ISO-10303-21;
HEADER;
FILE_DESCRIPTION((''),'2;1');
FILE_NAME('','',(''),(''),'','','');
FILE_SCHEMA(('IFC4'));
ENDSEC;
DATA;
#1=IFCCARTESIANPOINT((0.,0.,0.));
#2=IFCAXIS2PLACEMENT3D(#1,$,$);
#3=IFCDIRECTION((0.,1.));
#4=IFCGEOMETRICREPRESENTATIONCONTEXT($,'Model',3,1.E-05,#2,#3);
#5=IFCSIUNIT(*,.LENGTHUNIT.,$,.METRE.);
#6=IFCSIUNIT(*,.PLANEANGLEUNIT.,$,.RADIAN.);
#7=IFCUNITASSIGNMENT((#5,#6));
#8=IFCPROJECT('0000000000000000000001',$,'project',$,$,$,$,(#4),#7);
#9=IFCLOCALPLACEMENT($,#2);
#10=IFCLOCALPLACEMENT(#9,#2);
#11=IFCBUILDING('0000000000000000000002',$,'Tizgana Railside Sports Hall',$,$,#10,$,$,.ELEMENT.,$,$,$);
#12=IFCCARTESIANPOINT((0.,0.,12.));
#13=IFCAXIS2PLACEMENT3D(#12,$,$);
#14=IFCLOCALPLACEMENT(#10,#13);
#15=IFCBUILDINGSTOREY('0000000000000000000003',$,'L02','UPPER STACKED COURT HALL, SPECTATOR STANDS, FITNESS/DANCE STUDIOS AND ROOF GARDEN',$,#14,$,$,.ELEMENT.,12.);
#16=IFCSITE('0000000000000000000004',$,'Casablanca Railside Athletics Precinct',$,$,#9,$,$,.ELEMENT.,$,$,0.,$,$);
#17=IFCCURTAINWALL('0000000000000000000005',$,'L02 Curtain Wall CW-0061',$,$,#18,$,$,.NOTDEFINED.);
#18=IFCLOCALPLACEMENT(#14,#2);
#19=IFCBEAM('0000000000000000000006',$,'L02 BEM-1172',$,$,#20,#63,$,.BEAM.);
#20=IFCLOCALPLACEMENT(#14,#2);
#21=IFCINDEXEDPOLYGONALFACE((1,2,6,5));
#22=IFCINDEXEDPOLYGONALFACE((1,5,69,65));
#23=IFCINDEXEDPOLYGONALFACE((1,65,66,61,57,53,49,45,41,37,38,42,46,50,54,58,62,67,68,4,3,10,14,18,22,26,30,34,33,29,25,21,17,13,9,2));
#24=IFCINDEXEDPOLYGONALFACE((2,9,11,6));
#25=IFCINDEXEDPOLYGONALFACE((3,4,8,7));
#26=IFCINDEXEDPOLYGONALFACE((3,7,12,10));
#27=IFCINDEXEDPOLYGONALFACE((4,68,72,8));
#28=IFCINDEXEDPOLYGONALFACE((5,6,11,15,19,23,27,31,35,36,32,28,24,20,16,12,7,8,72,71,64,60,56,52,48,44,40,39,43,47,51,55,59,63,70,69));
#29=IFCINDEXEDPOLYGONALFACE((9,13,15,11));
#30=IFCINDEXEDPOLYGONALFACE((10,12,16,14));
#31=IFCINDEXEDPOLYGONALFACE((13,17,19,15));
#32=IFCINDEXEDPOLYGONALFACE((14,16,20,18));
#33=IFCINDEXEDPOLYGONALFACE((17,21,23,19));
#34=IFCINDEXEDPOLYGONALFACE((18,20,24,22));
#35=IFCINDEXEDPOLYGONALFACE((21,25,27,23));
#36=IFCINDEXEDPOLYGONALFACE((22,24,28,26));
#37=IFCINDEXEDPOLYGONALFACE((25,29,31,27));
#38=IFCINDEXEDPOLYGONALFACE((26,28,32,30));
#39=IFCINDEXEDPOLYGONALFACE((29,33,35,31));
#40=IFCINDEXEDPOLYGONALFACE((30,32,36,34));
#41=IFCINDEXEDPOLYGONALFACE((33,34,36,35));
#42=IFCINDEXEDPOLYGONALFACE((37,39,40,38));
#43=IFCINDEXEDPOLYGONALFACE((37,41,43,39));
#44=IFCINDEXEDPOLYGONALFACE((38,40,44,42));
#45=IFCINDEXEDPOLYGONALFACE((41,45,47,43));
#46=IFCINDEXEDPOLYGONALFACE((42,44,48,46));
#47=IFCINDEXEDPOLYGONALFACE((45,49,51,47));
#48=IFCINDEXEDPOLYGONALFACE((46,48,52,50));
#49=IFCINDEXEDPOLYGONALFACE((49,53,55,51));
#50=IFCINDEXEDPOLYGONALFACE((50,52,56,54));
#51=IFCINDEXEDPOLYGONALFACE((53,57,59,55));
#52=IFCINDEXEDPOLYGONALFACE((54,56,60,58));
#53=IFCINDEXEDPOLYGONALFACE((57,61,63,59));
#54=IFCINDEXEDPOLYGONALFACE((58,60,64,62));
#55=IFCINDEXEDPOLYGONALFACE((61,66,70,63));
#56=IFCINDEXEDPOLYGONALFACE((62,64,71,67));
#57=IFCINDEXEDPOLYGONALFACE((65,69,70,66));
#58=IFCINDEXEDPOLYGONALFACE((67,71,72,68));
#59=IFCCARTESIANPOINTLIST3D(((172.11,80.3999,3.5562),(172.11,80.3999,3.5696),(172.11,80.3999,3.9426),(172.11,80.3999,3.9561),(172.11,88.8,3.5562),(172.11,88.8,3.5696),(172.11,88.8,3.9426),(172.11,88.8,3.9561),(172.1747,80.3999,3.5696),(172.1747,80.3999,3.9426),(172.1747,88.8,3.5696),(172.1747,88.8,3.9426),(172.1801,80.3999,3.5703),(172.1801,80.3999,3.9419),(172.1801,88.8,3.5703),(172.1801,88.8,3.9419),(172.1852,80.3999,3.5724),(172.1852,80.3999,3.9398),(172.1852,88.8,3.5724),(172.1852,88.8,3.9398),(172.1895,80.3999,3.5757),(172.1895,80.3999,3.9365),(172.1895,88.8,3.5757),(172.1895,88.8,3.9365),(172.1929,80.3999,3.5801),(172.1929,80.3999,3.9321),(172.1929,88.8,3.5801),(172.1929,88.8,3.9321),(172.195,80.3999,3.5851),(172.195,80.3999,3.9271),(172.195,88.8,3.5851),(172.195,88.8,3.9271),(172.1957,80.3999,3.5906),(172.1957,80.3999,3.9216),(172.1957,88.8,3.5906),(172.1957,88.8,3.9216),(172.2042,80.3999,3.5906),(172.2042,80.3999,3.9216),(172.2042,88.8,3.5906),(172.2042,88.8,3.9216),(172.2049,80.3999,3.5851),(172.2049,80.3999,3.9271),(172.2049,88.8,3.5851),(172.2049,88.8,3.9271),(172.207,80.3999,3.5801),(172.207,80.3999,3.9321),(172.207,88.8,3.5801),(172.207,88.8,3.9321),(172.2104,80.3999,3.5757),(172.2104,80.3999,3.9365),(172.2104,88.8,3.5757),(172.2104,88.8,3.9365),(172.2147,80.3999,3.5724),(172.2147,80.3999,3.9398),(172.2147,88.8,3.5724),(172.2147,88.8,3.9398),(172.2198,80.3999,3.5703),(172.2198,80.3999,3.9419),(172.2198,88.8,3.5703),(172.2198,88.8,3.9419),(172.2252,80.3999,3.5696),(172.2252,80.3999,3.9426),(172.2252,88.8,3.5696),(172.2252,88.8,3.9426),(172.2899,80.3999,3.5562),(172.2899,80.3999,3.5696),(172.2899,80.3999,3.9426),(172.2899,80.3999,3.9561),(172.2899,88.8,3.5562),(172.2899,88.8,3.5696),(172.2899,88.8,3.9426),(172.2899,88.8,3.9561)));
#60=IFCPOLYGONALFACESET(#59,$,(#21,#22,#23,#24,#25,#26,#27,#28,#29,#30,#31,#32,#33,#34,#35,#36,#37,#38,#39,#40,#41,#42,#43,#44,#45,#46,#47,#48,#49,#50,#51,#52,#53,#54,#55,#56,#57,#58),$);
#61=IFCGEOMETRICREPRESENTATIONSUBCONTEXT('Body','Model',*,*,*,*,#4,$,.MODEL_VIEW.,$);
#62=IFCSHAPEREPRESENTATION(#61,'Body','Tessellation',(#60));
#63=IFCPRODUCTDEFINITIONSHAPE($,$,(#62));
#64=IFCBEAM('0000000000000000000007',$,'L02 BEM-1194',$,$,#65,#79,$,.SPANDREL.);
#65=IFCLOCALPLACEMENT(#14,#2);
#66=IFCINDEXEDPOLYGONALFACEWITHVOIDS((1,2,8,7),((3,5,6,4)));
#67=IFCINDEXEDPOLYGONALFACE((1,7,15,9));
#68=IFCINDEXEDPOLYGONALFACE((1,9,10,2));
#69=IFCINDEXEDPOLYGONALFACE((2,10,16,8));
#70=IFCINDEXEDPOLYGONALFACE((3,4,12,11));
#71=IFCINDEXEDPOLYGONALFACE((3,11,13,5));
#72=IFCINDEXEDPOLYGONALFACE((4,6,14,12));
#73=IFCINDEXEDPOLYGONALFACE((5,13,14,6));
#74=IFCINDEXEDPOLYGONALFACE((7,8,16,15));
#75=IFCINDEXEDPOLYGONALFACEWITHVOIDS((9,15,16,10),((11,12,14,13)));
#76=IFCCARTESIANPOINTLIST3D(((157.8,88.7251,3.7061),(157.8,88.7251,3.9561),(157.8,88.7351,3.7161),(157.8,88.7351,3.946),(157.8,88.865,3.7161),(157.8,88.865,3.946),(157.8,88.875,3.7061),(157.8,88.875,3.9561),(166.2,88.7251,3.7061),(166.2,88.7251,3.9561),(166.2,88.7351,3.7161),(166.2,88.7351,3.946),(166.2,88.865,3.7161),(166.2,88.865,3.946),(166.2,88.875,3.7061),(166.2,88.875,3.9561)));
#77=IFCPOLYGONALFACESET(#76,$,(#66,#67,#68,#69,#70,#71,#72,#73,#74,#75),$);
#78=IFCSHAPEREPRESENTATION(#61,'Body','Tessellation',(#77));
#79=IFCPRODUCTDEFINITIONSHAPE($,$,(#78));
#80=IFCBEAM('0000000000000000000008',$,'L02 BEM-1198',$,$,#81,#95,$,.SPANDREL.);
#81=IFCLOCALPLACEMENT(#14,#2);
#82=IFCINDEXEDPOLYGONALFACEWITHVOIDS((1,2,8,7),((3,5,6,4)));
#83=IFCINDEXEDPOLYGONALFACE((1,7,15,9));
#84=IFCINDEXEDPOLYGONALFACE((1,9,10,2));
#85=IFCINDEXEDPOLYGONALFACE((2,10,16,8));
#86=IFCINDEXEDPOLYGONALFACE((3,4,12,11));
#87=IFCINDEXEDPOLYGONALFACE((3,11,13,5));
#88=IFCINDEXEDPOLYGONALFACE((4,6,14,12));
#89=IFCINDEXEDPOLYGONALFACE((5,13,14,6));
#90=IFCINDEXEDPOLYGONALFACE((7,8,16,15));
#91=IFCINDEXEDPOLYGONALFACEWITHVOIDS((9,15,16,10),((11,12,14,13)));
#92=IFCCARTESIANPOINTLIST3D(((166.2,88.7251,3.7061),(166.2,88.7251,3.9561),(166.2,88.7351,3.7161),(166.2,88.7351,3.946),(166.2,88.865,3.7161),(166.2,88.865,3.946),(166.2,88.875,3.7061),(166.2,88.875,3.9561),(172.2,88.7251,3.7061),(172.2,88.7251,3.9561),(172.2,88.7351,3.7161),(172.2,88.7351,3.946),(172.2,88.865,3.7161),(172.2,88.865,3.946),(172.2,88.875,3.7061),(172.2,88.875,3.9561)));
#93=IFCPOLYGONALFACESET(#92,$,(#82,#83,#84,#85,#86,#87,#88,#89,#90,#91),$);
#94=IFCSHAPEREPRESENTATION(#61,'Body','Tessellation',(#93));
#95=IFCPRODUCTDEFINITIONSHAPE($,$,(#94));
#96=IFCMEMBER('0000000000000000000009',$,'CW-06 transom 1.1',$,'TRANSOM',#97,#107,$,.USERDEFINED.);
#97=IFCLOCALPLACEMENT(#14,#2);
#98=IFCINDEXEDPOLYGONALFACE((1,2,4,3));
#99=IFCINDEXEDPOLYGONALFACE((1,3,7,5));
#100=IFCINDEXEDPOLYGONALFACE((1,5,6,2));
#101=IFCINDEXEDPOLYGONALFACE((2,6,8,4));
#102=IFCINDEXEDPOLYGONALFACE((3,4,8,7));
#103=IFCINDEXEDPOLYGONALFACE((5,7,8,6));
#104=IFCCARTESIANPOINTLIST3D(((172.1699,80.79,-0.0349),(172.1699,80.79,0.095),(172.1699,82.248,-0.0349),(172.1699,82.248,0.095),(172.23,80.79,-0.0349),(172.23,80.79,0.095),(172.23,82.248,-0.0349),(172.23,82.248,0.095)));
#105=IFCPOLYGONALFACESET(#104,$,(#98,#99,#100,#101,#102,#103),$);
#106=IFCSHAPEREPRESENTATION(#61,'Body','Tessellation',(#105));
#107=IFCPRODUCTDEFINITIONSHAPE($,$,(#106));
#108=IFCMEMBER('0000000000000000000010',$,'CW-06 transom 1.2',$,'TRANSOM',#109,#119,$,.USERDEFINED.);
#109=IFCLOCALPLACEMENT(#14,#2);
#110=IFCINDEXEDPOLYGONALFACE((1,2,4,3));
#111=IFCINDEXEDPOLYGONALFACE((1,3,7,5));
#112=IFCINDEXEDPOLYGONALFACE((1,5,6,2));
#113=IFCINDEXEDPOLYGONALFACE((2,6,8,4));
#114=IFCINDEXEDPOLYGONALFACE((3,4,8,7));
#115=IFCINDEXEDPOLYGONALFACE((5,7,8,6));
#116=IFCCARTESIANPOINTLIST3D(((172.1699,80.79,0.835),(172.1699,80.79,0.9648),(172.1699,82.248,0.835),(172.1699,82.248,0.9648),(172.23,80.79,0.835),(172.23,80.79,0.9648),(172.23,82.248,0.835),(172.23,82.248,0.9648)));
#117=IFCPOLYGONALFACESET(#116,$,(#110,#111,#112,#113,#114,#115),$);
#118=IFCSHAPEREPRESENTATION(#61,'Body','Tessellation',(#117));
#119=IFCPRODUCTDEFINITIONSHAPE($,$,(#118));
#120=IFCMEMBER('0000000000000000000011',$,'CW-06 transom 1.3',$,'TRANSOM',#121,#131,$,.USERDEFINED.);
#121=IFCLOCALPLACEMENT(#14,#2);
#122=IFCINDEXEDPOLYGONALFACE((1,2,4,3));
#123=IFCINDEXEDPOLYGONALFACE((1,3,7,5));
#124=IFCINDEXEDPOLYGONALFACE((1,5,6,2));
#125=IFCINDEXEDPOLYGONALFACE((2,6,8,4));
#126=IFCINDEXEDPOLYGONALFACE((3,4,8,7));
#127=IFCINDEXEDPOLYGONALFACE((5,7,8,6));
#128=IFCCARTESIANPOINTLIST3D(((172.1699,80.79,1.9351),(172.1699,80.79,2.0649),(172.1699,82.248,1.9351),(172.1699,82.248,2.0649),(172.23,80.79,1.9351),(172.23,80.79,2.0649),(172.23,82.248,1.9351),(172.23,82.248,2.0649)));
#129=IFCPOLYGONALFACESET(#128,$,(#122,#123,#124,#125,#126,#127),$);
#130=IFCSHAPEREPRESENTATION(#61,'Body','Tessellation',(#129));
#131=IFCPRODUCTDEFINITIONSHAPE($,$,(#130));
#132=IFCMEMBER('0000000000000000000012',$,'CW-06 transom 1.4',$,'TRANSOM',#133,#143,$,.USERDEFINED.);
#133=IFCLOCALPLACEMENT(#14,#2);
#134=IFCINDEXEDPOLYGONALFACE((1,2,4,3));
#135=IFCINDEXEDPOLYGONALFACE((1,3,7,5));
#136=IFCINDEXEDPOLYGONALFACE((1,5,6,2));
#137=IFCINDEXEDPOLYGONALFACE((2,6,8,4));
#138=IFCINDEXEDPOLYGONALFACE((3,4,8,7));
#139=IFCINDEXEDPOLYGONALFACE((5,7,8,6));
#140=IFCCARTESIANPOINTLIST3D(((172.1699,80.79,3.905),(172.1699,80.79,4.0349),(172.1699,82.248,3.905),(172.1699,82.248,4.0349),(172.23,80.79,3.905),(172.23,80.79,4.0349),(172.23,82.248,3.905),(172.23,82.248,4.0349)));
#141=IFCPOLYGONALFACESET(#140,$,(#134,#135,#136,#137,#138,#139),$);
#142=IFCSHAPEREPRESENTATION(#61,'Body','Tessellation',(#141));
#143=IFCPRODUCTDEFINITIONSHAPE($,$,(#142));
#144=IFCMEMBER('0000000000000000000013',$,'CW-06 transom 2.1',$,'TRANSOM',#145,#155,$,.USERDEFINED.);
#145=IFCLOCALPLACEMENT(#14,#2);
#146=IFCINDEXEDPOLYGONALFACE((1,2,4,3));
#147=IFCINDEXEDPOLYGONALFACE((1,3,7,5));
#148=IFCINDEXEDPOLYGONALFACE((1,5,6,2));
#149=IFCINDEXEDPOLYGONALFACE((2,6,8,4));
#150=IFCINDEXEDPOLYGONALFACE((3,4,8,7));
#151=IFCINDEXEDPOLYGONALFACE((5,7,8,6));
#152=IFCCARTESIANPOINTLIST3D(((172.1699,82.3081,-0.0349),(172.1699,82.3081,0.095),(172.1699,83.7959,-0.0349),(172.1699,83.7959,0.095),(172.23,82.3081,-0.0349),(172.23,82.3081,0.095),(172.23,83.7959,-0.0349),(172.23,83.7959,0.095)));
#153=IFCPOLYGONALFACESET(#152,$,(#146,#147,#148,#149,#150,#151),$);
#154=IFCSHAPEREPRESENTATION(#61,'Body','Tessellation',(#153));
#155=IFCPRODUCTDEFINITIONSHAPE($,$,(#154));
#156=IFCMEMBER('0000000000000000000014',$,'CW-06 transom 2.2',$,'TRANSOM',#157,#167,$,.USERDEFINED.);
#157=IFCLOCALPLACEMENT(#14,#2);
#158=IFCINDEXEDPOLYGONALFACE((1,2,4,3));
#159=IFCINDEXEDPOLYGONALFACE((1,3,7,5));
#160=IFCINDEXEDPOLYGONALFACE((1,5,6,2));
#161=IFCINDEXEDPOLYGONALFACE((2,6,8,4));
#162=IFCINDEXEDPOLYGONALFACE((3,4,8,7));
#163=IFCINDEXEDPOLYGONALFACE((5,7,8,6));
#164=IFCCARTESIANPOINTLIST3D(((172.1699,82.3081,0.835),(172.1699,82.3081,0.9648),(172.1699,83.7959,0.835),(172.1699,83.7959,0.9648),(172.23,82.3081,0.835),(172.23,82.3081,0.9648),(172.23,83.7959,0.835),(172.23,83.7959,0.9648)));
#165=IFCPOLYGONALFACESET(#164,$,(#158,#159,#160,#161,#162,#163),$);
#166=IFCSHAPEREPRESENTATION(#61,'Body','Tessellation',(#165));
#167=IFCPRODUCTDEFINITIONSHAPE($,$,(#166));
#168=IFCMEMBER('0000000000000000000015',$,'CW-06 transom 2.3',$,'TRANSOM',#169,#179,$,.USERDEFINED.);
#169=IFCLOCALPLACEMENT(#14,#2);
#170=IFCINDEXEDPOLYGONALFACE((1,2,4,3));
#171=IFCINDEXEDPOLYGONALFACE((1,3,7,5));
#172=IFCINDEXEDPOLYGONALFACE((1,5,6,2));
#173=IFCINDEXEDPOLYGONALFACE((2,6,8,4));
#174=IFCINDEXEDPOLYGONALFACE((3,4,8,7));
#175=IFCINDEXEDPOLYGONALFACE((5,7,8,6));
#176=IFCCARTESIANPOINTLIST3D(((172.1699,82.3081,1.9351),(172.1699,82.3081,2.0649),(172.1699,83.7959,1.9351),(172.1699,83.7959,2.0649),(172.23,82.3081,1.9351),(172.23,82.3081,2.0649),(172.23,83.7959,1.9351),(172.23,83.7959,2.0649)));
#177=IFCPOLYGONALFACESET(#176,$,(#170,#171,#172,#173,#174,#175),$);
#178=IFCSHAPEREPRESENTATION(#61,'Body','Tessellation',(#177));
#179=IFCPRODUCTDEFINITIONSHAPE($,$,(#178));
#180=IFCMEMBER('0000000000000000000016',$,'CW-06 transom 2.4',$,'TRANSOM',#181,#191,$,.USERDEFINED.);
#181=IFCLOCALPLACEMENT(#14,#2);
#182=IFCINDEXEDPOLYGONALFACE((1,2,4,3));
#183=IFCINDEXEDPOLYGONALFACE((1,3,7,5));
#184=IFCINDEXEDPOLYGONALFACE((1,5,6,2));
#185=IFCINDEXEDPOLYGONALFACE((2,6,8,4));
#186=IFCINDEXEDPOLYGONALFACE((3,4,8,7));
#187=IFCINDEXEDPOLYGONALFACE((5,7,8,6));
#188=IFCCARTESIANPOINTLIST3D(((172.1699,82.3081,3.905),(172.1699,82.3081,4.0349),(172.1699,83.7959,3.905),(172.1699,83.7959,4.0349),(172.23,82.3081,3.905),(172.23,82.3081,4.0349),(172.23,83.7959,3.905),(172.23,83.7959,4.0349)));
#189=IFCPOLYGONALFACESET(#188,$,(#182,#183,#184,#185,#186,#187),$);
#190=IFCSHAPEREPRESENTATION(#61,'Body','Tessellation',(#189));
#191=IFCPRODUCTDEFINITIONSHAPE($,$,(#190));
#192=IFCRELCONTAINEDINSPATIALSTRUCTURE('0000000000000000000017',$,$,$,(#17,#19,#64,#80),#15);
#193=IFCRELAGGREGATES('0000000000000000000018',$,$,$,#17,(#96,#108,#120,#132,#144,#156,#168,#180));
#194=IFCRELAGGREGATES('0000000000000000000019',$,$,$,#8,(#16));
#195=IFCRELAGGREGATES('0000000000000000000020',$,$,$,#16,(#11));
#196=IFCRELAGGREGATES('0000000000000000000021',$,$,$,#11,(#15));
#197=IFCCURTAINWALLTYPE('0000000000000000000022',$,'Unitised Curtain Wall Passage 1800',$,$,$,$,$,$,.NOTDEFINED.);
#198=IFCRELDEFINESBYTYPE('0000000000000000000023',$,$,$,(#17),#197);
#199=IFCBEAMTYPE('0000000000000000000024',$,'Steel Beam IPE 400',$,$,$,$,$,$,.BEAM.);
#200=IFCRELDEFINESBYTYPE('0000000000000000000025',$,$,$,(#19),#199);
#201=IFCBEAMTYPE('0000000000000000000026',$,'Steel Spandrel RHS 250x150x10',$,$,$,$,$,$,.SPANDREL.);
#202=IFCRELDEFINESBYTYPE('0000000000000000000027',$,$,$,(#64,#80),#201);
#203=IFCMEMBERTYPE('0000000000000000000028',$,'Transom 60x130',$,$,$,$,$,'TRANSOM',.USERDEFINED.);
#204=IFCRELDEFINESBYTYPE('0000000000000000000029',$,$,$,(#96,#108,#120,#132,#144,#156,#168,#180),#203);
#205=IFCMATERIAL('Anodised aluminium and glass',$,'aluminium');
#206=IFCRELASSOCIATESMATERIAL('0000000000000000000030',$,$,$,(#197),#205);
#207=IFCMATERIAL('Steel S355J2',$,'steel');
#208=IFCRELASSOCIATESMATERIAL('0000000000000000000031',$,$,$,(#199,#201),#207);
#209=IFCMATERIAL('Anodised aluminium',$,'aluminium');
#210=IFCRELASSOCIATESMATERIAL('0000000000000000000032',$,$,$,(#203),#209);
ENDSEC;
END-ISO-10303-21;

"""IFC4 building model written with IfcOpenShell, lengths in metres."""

from ifc_helpers import new_model, si_unit, direction, frame, origin, origin_2d, place, context, subcontext, project, spatial, rectangle, hollow_rectangle, i_section, extrude, material, material_profile, profile_set, type_object, element, aggregate, save


model = new_model("IFC4")

# Units and contexts
model_context = context("Model", 3, precision=1e-05, world=origin(), true_north=direction((0.0, 1.0)))
body_context = subcontext(model_context, "Body", "Model", "MODEL_VIEW")
ifc_project = project(units=[si_unit("LENGTHUNIT", "METRE"), si_unit("PLANEANGLEUNIT", "RADIAN")], contexts=[model_context])

# Site, building, storey
site_placement = place(None, origin())
site = spatial("IfcSite", under=ifc_project, at=site_placement, Name="Casablanca Railside Athletics Precinct", CompositionType="ELEMENT", RefElevation=0.0)
building_placement = place(site_placement, origin())
building = spatial("IfcBuilding", under=site, at=building_placement, Name="Tizgana Railside Sports Hall", CompositionType="ELEMENT")
storey_placement = place(building_placement, frame((0.0, 0.0, 12.0)))
storey = spatial("IfcBuildingStorey", under=building, at=storey_placement, Name="L02", Description="UPPER STACKED COURT HALL, SPECTATOR STANDS, FITNESS/DANCE STUDIOS AND ROOF GARDEN", CompositionType="ELEMENT", Elevation=12.0)

# Curtain wall
ifc_material_1 = material(Name="Anodised aluminium and glass", Category="aluminium")
curtain_wall_type = type_object("IfcCurtainWallType", Name="Unitised Curtain Wall Passage 1800", PredefinedType="NOTDEFINED", material=ifc_material_1)
curtain_wall_placement = place(storey_placement, origin())
curtain_wall = element("IfcCurtainWall", 1, at=curtain_wall_placement, inside=storey, type_object=curtain_wall_type, Name="L02 Curtain Wall CW-0061", PredefinedType="NOTDEFINED")
ifc_material_2 = material(Name="Anodised aluminium", Category="aluminium")

# Beams
ifc_material_3 = material(Name="Steel S355J2", Category="steel")
ifc_material_profile_1 = material_profile(ifc_material_3, i_section(OverallWidth=0.1799, OverallDepth=0.3999, WebThickness=0.0085, FlangeThickness=0.0134, FilletRadius=0.021, at=origin_2d()), Name="IPE 400")
ifc_profile_set_1 = profile_set([ifc_material_profile_1], Name="Steel S355J2")
beam_type_1 = type_object("IfcBeamType", Name="Steel Beam IPE 400", PredefinedType="BEAM", material=ifc_profile_set_1)
for number, where, z_axis, x_axis, name in (
    (2, (172.2, 80.3999, 3.7561), (0.0, 1.0, 0.0), (-1.0, 0.0, 0.0), "L02 BEM-1172"),
):
    element("IfcBeam", number, at=place(storey_placement, frame(where, z_axis=z_axis, x_axis=x_axis)), inside=storey, type_object=beam_type_1, Name=name, PredefinedType="BEAM", context=body_context, shape_type="SweptSolid", body=[
        extrude(i_section(OverallWidth=0.1799, OverallDepth=0.3999, WebThickness=0.0085, FlangeThickness=0.0134, FilletRadius=0.021, at=origin_2d()), origin(), (0.0, 0.0, 1.0), 8.4001),
    ])
ifc_material_profile_2 = material_profile(ifc_material_3, hollow_rectangle(XDim=0.1499, YDim=0.25, WallThickness=0.01, at=origin_2d()), Name="RHS 250x150x10")
ifc_profile_set_2 = profile_set([ifc_material_profile_2], Name="Steel S355J2")
beam_type_2 = type_object("IfcBeamType", Name="Steel Spandrel RHS 250x150x10", PredefinedType="SPANDREL", material=ifc_profile_set_2)
beam_1_placement = place(storey_placement, frame((157.8, 88.8, 3.8311), z_axis=(1.0, 0.0, 0.0), x_axis=(0.0, 1.0, 0.0)))
element("IfcBeam", 3, at=beam_1_placement, inside=storey, type_object=beam_type_2, Name="L02 BEM-1194", PredefinedType="SPANDREL", context=body_context, shape_type="SweptSolid", body=[
    extrude(hollow_rectangle(XDim=0.1499, YDim=0.25, WallThickness=0.01, at=origin_2d()), origin(), (0.0, 0.0, 1.0), 8.3999),
])
beam_2_placement = place(storey_placement, frame((166.2, 88.8, 3.8311), z_axis=(1.0, 0.0, 0.0), x_axis=(0.0, 1.0, 0.0)))
element("IfcBeam", 4, at=beam_2_placement, inside=storey, type_object=beam_type_2, Name="L02 BEM-1198", PredefinedType="SPANDREL", context=body_context, shape_type="SweptSolid", body=[
    extrude(hollow_rectangle(XDim=0.1499, YDim=0.25, WallThickness=0.01, at=origin_2d()), origin(), (0.0, 0.0, 1.0), 6.0),
])

# Members
ifc_material_profile_3 = material_profile(ifc_material_2, rectangle(XDim=0.0601, YDim=0.1299, at=origin_2d()), Name="Transom 60x130")
ifc_profile_set_3 = profile_set([ifc_material_profile_3], Name="Anodised aluminium")
member_type_1 = type_object("IfcMemberType", Name="Transom 60x130", ElementType="TRANSOM", PredefinedType="USERDEFINED", material=ifc_profile_set_3)
member_1_placement = place(storey_placement, frame((172.2, 80.79, 0.03), z_axis=(0.0, 1.0, 0.0), x_axis=(-1.0, 0.0, 0.0)))
member_1 = element("IfcMember", 5, at=member_1_placement, type_object=member_type_1, Name="CW-06 transom 1.1", ObjectType="TRANSOM", PredefinedType="USERDEFINED", context=body_context, shape_type="SweptSolid", body=[
    extrude(rectangle(XDim=0.0601, YDim=0.1299, at=origin_2d()), origin(), (0.0, 0.0, 1.0), 1.458),
])
member_2_placement = place(storey_placement, frame((172.2, 80.79, 0.8999), z_axis=(0.0, 1.0, 0.0), x_axis=(-1.0, 0.0, 0.0)))
member_2 = element("IfcMember", 6, at=member_2_placement, type_object=member_type_1, Name="CW-06 transom 1.2", ObjectType="TRANSOM", PredefinedType="USERDEFINED", context=body_context, shape_type="SweptSolid", body=[
    extrude(rectangle(XDim=0.0601, YDim=0.1299, at=origin_2d()), origin(), (0.0, 0.0, 1.0), 1.458),
])
member_3_placement = place(storey_placement, frame((172.2, 80.79, 2.0), z_axis=(0.0, 1.0, 0.0), x_axis=(-1.0, 0.0, 0.0)))
member_3 = element("IfcMember", 7, at=member_3_placement, type_object=member_type_1, Name="CW-06 transom 1.3", ObjectType="TRANSOM", PredefinedType="USERDEFINED", context=body_context, shape_type="SweptSolid", body=[
    extrude(rectangle(XDim=0.0601, YDim=0.1299, at=origin_2d()), origin(), (0.0, 0.0, 1.0), 1.458),
])
member_4_placement = place(storey_placement, frame((172.2, 80.79, 3.97), z_axis=(0.0, 1.0, 0.0), x_axis=(-1.0, 0.0, 0.0)))
member_4 = element("IfcMember", 8, at=member_4_placement, type_object=member_type_1, Name="CW-06 transom 1.4", ObjectType="TRANSOM", PredefinedType="USERDEFINED", context=body_context, shape_type="SweptSolid", body=[
    extrude(rectangle(XDim=0.0601, YDim=0.1299, at=origin_2d()), origin(), (0.0, 0.0, 1.0), 1.458),
])
member_5_placement = place(storey_placement, frame((172.2, 82.3081, 0.03), z_axis=(0.0, 1.0, 0.0), x_axis=(-1.0, 0.0, 0.0)))
member_5 = element("IfcMember", 9, at=member_5_placement, type_object=member_type_1, Name="CW-06 transom 2.1", ObjectType="TRANSOM", PredefinedType="USERDEFINED", context=body_context, shape_type="SweptSolid", body=[
    extrude(rectangle(XDim=0.0601, YDim=0.1299, at=origin_2d()), origin(), (0.0, 0.0, 1.0), 1.4878),
])
member_6_placement = place(storey_placement, frame((172.2, 82.3081, 0.8999), z_axis=(0.0, 1.0, 0.0), x_axis=(-1.0, 0.0, 0.0)))
member_6 = element("IfcMember", 10, at=member_6_placement, type_object=member_type_1, Name="CW-06 transom 2.2", ObjectType="TRANSOM", PredefinedType="USERDEFINED", context=body_context, shape_type="SweptSolid", body=[
    extrude(rectangle(XDim=0.0601, YDim=0.1299, at=origin_2d()), origin(), (0.0, 0.0, 1.0), 1.4878),
])
member_7_placement = place(storey_placement, frame((172.2, 82.3081, 2.0), z_axis=(0.0, 1.0, 0.0), x_axis=(-1.0, 0.0, 0.0)))
member_7 = element("IfcMember", 11, at=member_7_placement, type_object=member_type_1, Name="CW-06 transom 2.3", ObjectType="TRANSOM", PredefinedType="USERDEFINED", context=body_context, shape_type="SweptSolid", body=[
    extrude(rectangle(XDim=0.0601, YDim=0.1299, at=origin_2d()), origin(), (0.0, 0.0, 1.0), 1.4878),
])
member_8_placement = place(storey_placement, frame((172.2, 82.3081, 3.97), z_axis=(0.0, 1.0, 0.0), x_axis=(-1.0, 0.0, 0.0)))
member_8 = element("IfcMember", 12, at=member_8_placement, type_object=member_type_1, Name="CW-06 transom 2.4", ObjectType="TRANSOM", PredefinedType="USERDEFINED", context=body_context, shape_type="SweptSolid", body=[
    extrude(rectangle(XDim=0.0601, YDim=0.1299, at=origin_2d()), origin(), (0.0, 0.0, 1.0), 1.4878),
])

aggregate(curtain_wall, [member_1, member_2, member_3, member_4, member_5, member_6, member_7, member_8])

save(model, "model.ifc")
